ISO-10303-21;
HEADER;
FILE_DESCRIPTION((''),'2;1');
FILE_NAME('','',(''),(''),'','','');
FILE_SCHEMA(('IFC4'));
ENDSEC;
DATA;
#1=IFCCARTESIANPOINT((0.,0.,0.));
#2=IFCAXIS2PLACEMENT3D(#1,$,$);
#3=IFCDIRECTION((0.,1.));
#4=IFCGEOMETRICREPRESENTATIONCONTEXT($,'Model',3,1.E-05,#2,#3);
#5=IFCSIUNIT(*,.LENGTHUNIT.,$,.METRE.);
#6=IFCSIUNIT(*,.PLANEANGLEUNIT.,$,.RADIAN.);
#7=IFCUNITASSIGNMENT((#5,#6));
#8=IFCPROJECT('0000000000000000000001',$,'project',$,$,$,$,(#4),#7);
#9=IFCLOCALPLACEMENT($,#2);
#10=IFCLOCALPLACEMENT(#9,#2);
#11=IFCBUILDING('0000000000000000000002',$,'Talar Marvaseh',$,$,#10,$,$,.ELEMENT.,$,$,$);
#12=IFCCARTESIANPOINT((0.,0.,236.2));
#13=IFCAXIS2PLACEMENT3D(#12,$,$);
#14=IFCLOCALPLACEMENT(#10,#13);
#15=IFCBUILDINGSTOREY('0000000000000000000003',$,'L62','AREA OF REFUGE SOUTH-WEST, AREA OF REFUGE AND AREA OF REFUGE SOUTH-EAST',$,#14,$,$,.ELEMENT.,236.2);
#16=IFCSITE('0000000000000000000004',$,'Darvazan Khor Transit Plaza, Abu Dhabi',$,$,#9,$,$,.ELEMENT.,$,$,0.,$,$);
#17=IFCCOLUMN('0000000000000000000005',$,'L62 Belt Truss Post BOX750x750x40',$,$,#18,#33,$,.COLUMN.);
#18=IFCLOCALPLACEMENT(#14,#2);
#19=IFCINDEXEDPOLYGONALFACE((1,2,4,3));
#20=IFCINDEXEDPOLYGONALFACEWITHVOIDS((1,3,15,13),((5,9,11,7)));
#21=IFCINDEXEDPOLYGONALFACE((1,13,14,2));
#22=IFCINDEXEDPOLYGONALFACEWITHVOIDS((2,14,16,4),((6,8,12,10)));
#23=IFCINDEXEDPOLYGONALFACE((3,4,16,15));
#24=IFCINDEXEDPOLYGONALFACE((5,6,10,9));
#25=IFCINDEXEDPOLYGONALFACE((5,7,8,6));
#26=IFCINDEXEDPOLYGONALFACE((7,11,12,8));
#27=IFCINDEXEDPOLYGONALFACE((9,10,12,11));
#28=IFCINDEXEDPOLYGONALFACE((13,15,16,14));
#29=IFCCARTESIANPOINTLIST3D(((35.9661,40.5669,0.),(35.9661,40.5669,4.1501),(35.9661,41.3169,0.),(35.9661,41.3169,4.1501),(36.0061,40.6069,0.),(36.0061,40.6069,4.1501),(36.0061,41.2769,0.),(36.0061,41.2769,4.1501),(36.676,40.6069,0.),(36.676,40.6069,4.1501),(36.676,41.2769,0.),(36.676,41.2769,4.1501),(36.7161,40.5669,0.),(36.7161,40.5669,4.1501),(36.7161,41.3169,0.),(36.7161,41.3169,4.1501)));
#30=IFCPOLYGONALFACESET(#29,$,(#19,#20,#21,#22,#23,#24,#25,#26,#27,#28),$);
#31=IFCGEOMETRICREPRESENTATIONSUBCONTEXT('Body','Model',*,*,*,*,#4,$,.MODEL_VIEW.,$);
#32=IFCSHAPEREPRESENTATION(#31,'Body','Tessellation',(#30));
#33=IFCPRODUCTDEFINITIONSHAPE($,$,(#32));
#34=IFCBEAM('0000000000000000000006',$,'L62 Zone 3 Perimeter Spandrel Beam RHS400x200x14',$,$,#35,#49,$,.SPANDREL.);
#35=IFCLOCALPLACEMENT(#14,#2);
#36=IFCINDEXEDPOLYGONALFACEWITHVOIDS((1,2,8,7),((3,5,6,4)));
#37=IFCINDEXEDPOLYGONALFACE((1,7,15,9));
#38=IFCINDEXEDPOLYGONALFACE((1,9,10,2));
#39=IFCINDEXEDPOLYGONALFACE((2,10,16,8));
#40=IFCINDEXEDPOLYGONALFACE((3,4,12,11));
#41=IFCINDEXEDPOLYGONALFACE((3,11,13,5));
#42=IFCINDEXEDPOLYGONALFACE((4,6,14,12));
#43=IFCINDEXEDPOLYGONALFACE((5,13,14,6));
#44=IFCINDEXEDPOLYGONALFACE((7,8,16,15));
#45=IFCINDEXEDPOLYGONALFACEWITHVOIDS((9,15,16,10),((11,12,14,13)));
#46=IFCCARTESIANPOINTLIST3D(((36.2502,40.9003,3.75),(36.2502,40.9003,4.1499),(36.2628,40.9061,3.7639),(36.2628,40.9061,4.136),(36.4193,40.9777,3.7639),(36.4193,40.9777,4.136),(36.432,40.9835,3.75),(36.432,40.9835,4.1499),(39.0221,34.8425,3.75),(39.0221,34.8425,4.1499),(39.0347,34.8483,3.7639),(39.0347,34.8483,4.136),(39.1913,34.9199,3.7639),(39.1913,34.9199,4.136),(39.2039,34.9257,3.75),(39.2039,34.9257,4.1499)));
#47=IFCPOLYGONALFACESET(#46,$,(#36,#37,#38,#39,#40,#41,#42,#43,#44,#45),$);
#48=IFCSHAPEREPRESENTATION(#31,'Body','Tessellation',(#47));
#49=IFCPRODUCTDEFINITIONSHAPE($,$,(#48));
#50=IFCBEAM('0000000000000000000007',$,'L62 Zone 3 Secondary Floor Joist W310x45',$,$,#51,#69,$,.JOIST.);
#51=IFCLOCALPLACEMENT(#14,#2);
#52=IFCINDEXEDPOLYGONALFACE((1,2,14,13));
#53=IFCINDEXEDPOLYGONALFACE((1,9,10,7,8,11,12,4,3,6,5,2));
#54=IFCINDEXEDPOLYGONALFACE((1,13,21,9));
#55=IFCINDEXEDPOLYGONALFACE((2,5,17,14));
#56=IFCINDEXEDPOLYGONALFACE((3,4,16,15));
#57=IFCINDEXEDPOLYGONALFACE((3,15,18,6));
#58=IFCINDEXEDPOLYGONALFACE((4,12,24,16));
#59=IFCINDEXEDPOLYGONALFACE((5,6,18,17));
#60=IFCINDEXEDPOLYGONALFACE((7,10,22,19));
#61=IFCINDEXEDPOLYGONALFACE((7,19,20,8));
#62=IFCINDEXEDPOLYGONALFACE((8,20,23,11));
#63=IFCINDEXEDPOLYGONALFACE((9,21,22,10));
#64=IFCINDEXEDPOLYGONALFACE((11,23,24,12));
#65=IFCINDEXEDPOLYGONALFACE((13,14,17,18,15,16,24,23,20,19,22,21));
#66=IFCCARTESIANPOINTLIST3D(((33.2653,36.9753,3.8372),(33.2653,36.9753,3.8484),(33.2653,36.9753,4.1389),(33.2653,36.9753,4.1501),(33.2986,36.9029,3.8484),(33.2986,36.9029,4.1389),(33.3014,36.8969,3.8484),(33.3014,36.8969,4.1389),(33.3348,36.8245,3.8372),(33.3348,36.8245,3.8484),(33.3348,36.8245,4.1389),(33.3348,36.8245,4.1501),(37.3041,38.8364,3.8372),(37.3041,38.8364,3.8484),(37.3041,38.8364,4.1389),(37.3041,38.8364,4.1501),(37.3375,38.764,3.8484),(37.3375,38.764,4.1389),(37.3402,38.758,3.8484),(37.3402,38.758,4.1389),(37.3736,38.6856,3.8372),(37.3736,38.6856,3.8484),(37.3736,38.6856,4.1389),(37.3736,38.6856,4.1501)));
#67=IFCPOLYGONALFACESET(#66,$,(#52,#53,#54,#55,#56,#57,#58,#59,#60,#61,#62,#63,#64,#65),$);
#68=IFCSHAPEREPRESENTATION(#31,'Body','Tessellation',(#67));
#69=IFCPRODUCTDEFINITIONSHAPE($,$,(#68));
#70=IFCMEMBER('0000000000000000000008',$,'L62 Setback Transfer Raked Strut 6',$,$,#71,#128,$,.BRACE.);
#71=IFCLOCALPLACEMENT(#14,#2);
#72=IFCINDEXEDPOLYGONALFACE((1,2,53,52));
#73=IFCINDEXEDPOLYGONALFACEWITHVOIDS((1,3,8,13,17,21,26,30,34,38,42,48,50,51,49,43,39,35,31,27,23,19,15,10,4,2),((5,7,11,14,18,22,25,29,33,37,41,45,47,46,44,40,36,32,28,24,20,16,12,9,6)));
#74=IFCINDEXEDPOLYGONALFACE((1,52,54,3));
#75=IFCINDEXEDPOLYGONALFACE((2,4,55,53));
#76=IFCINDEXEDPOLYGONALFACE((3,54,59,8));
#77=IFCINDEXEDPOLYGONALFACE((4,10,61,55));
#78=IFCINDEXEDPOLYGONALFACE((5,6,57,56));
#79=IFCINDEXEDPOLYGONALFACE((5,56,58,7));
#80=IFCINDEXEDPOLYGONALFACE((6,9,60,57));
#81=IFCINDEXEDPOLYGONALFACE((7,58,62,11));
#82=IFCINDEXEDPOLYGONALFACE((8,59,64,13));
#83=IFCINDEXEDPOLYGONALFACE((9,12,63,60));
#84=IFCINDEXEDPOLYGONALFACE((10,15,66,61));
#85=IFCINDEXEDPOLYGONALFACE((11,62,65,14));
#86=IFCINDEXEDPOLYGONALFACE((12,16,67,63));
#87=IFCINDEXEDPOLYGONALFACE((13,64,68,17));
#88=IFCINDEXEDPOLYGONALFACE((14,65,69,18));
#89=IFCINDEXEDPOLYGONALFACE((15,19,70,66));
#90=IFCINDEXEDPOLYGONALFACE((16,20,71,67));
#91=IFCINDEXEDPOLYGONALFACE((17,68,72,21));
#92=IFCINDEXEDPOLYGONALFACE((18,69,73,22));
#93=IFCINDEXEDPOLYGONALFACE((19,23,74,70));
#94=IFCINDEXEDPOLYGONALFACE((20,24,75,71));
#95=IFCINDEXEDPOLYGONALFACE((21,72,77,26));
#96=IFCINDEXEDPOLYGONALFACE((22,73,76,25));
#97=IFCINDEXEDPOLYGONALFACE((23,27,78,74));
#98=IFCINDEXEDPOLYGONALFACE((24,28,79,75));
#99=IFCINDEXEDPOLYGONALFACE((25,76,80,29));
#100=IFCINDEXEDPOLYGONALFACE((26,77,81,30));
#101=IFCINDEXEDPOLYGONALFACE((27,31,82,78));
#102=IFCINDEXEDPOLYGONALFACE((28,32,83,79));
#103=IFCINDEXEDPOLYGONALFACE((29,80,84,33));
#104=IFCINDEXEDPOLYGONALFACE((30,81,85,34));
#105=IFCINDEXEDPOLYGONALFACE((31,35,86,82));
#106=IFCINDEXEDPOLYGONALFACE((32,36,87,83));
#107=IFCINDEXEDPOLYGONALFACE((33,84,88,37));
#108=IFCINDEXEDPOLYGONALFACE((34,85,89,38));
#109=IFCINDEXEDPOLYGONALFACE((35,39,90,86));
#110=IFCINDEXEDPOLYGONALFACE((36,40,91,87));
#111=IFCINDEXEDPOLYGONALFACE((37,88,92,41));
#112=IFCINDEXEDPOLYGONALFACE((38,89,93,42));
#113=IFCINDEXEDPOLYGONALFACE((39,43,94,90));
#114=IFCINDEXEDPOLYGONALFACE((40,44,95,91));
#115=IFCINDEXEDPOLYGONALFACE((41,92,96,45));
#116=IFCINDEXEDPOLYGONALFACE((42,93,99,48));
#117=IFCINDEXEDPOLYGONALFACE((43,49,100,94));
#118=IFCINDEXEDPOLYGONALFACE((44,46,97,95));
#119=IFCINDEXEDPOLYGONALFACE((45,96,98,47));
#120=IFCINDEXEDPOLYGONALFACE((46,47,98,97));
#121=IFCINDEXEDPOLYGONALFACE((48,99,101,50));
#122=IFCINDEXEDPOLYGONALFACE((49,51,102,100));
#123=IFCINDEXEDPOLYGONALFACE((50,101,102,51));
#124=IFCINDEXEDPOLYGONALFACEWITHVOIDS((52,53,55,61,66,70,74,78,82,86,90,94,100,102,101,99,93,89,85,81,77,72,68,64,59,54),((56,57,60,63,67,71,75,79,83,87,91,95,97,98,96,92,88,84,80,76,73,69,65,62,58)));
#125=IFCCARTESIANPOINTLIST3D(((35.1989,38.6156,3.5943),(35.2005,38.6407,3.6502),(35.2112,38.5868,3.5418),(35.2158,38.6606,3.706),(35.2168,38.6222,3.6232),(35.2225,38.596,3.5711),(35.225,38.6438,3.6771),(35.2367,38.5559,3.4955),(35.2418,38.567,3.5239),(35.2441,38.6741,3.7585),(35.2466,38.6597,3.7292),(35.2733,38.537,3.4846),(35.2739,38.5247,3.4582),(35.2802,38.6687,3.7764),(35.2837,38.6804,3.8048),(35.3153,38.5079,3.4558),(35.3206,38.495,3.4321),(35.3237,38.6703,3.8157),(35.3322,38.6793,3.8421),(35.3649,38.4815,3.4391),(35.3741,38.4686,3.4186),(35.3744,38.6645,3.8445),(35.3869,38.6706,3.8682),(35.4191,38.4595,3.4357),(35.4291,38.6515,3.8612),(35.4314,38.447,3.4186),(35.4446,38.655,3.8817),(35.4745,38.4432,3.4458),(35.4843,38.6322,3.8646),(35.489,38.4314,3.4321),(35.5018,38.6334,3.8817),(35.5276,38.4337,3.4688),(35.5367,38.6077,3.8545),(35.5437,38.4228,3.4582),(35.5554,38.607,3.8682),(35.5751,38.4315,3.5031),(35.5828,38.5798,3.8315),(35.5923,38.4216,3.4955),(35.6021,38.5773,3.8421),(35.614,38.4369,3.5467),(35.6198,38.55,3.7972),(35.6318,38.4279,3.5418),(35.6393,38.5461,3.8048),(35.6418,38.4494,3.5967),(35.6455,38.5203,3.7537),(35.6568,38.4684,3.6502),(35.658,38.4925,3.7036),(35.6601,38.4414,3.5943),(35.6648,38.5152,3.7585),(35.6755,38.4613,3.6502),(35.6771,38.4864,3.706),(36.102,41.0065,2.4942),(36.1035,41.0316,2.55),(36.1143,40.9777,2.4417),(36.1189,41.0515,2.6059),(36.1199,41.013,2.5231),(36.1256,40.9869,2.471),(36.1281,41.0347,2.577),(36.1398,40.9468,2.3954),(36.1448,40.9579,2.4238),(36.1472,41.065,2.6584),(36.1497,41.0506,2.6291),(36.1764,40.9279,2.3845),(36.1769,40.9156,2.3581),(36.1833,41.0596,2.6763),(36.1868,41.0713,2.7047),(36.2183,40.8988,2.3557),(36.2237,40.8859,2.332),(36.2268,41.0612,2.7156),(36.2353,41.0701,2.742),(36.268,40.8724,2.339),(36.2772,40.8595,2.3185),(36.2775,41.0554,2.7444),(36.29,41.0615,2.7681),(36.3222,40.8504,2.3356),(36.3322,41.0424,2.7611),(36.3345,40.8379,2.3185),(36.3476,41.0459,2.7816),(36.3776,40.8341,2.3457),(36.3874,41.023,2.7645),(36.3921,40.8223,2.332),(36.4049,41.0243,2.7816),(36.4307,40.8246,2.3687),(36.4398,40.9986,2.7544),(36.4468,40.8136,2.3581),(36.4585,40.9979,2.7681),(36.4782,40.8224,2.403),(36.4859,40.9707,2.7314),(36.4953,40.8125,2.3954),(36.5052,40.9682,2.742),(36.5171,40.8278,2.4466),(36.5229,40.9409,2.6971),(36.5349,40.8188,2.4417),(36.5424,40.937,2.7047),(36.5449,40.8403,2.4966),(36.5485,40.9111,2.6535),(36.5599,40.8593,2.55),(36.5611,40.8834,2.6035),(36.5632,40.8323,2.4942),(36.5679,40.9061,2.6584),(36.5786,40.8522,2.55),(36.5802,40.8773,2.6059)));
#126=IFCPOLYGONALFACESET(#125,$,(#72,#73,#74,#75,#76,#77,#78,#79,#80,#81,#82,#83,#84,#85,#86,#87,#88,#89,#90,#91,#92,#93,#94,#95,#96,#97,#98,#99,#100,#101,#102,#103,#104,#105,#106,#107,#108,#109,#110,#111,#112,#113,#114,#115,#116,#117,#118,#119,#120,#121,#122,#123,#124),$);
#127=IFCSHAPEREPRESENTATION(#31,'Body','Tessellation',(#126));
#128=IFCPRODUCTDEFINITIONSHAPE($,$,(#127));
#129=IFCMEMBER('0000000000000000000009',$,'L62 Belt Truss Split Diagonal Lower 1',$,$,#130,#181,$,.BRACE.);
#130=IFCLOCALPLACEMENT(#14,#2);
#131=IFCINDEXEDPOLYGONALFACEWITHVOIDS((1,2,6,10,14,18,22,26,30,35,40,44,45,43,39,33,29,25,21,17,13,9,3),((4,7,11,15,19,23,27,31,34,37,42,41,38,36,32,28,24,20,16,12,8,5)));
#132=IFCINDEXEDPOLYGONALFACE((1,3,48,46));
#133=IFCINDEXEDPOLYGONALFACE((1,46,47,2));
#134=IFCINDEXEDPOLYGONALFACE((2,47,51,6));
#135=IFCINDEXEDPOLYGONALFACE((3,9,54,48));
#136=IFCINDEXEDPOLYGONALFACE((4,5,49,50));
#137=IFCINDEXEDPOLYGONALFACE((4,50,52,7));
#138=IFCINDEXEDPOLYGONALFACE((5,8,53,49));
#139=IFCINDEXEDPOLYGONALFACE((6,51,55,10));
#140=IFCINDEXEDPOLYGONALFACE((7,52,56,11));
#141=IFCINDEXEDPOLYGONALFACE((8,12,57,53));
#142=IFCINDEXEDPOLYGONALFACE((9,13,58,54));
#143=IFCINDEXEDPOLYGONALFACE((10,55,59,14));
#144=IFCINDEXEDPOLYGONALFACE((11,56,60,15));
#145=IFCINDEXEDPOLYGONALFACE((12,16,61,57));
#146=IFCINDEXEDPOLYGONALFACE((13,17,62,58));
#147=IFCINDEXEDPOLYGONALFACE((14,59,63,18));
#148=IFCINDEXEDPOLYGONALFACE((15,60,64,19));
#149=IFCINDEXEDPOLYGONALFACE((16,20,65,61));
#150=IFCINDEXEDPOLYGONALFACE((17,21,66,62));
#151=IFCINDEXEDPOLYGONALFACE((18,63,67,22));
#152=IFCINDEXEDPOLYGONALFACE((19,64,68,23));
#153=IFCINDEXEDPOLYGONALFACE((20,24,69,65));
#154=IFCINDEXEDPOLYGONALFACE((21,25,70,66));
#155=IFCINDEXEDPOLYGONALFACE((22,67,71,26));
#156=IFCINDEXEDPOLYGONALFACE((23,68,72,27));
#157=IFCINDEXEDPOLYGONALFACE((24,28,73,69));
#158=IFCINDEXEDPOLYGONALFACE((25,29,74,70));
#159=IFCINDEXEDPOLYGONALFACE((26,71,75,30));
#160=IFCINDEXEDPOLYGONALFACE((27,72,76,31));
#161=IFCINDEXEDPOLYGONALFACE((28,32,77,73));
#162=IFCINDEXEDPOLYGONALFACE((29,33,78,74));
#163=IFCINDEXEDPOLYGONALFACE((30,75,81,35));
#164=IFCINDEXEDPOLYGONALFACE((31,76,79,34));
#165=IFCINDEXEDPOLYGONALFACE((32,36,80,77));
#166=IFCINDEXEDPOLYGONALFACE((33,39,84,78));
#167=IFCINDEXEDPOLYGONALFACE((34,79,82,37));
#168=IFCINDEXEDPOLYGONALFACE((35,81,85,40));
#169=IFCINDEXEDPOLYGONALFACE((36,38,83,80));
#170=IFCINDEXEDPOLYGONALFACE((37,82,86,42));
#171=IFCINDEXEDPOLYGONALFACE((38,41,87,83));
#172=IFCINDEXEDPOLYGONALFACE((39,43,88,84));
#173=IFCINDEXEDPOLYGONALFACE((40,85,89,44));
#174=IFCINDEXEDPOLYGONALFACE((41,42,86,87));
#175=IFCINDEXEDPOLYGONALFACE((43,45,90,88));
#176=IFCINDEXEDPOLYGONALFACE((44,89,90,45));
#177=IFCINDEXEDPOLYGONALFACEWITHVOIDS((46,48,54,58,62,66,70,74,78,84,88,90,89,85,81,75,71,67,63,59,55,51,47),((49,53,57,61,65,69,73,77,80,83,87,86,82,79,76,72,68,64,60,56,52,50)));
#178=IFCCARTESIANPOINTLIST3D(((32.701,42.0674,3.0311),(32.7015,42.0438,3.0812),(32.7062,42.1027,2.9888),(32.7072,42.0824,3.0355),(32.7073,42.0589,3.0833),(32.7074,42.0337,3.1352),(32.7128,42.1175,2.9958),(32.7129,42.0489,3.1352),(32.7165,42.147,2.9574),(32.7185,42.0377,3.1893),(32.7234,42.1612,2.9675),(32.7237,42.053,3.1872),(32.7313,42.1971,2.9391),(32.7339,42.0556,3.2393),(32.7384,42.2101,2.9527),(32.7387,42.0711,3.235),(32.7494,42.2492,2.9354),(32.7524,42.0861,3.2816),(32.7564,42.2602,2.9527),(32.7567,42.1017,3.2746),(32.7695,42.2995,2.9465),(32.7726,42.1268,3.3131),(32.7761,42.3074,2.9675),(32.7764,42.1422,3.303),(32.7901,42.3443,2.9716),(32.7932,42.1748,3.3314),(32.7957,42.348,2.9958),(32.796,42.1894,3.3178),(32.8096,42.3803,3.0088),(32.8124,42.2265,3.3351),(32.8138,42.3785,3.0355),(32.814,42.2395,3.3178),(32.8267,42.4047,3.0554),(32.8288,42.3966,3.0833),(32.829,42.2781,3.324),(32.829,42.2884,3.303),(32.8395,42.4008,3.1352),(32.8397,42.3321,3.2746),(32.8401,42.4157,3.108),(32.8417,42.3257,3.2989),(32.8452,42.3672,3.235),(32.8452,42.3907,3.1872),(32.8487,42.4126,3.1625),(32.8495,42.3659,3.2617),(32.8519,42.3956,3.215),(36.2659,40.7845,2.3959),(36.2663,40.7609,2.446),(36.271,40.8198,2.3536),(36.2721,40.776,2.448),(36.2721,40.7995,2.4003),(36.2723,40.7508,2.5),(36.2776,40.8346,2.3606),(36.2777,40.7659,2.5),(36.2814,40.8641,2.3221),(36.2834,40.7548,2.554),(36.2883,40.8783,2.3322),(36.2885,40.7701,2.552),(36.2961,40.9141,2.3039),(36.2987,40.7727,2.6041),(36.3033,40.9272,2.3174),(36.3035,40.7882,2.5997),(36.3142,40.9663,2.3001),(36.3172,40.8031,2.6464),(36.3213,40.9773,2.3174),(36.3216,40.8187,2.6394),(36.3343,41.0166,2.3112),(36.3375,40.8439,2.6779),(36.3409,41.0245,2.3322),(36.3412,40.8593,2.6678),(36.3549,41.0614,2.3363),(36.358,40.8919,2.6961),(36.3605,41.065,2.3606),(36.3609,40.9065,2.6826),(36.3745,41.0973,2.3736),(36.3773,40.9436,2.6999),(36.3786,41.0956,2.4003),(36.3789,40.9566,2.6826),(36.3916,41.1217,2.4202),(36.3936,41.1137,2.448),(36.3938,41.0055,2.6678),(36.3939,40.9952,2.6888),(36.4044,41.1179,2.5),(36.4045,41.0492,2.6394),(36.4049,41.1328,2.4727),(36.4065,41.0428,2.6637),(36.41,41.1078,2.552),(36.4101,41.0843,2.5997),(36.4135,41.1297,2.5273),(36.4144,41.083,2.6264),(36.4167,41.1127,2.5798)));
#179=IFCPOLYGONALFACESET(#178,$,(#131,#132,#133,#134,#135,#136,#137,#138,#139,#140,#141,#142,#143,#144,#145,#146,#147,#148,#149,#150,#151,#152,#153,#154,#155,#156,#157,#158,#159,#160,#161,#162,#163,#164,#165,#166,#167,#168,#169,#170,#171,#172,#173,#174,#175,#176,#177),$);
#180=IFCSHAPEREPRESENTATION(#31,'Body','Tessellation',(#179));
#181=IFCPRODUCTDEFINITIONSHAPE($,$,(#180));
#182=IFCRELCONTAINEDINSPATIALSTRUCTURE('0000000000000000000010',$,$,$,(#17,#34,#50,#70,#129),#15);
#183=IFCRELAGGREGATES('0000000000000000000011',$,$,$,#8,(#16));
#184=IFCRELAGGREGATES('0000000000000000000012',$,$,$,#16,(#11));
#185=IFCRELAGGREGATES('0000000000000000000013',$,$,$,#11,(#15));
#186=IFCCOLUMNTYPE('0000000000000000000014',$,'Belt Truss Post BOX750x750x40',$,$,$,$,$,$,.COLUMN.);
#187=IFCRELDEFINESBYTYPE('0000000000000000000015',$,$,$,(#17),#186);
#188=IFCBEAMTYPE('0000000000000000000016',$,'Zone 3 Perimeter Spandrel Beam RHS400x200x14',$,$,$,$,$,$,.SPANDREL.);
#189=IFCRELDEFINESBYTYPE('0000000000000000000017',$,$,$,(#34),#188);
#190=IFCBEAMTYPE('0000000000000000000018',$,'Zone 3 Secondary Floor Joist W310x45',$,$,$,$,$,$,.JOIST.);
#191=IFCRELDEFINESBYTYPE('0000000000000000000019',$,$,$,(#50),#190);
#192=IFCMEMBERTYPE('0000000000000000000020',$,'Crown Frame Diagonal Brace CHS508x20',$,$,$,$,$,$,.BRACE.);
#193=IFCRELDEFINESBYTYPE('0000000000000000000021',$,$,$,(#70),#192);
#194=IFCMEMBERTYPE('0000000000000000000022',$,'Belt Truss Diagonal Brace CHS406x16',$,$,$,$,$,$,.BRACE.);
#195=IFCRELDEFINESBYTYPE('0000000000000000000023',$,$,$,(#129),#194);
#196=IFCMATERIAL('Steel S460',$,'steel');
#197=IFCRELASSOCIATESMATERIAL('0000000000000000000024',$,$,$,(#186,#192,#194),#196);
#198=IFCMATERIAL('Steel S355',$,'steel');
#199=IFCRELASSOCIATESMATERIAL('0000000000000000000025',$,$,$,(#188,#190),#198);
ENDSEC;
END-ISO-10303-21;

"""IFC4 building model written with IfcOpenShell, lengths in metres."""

from ifc_helpers import new_model, si_unit, direction, frame, origin, origin_2d, place, context, subcontext, project, spatial, hollow_rectangle, hollow_circle, i_section, extrude, source, transform, mapped, material, material_profile, profile_set, type_object, type_shapes, element, save


model = new_model("IFC4")

# Units and contexts
model_context = context("Model", 3, precision=1e-05, world=origin(), true_north=direction((0.0, 1.0)))
body_context = subcontext(model_context, "Body", "Model", "MODEL_VIEW")
ifc_project = project(units=[si_unit("LENGTHUNIT", "METRE"), si_unit("PLANEANGLEUNIT", "RADIAN")], contexts=[model_context])

# Site, building, storey
site_placement = place(None, origin())
site = spatial("IfcSite", under=ifc_project, at=site_placement, Name="Darvazan Khor Transit Plaza, Abu Dhabi", CompositionType="ELEMENT", RefElevation=0.0)
building_placement = place(site_placement, origin())
building = spatial("IfcBuilding", under=site, at=building_placement, Name="Talar Marvaseh", CompositionType="ELEMENT")
storey_placement = place(building_placement, frame((0.0, 0.0, 236.2)))
storey = spatial("IfcBuildingStorey", under=building, at=storey_placement, Name="L62", Description="AREA OF REFUGE SOUTH-WEST, AREA OF REFUGE AND AREA OF REFUGE SOUTH-EAST", CompositionType="ELEMENT", Elevation=236.2)

# Column
ifc_material_1 = material(Name="Steel S460", Category="steel")
ifc_material_profile_1 = material_profile(ifc_material_1, hollow_rectangle(XDim=0.75, YDim=0.75, WallThickness=0.04, at=origin_2d()), Name="BOX750x750x40")
ifc_profile_set_1 = profile_set([ifc_material_profile_1], Name="Steel S460")
column_type = type_object("IfcColumnType", Name="Belt Truss Post BOX750x750x40", PredefinedType="COLUMN", material=ifc_profile_set_1)
column_placement = place(storey_placement, frame((36.3411, 40.9419, 0.0), z_axis=(0.0, 0.0, 1.0), x_axis=(1.0, 0.0, 0.0)))
element("IfcColumn", 1, at=column_placement, inside=storey, type_object=column_type, Name="L62 Belt Truss Post BOX750x750x40", PredefinedType="COLUMN", context=body_context, shape_type="SweptSolid", body=[
    extrude(hollow_rectangle(XDim=0.75, YDim=0.75, WallThickness=0.04, at=origin_2d()), origin(), (0.0, 0.0, 1.0), 4.1501),
])

# Beams
ifc_material_2 = material(Name="Steel S355", Category="steel")
ifc_material_profile_2 = material_profile(ifc_material_2, hollow_rectangle(XDim=0.2, YDim=0.3999, WallThickness=0.0139, at=origin_2d()), Name="RHS400x200x14")
ifc_profile_set_2 = profile_set([ifc_material_profile_2], Name="Steel S355")
beam_type_1 = type_object("IfcBeamType", Name="Zone 3 Perimeter Spandrel Beam RHS400x200x14", PredefinedType="SPANDREL", material=ifc_profile_set_2)
beam_1_placement = place(storey_placement, frame((36.3411, 40.9419, 3.95), z_axis=(0.416091, -0.909323, 0.0), x_axis=(0.909323, 0.416091, 0.0)))
element("IfcBeam", 2, at=beam_1_placement, inside=storey, type_object=beam_type_1, Name="L62 Zone 3 Perimeter Spandrel Beam RHS400x200x14", PredefinedType="SPANDREL", context=body_context, shape_type="SweptSolid", body=[
    extrude(hollow_rectangle(XDim=0.2, YDim=0.3999, WallThickness=0.0139, at=origin_2d()), origin(), (0.0, 0.0, 1.0), 6.6619),
])
ifc_material_profile_3 = material_profile(ifc_material_2, i_section(OverallWidth=0.166, OverallDepth=0.313, WebThickness=0.0066, FlangeThickness=0.0112, at=origin_2d()), Name="W310x45")
ifc_profile_set_3 = profile_set([ifc_material_profile_3], Name="Steel S355")
beam_type_2 = type_object("IfcBeamType", Name="Zone 3 Secondary Floor Joist W310x45", PredefinedType="JOIST", material=ifc_profile_set_3)
beam_2_placement = place(storey_placement, frame((37.3389, 38.761, 3.9937), z_axis=(-0.908215, -0.418505, 0.0), x_axis=(0.418505, -0.908215, 0.0)))
element("IfcBeam", 3, at=beam_2_placement, inside=storey, type_object=beam_type_2, Name="L62 Zone 3 Secondary Floor Joist W310x45", PredefinedType="JOIST", context=body_context, shape_type="SweptSolid", body=[
    extrude(i_section(OverallWidth=0.166, OverallDepth=0.313, WebThickness=0.0066, FlangeThickness=0.0112, at=origin_2d()), origin(), (0.0, 0.0, 1.0), 4.447),
])

# Members
ifc_material_profile_4 = material_profile(ifc_material_1, hollow_circle(Radius=0.2539, WallThickness=0.02, at=origin_2d()), Name="CHS508x20")
ifc_profile_set_4 = profile_set([ifc_material_profile_4], Name="Steel S460")
member_type_1 = type_object("IfcMemberType", Name="Crown Frame Diagonal Brace CHS508x20", PredefinedType="BRACE", material=ifc_profile_set_4)
shared_shape_1 = source(origin(), body_context, "Body", "SweptSolid", [
    extrude(hollow_circle(Radius=0.2539, WallThickness=0.02, at=origin_2d()), origin(), (0.0, 0.0, 1.0), 2.7825),
])
type_shapes(member_type_1, [shared_shape_1])
member_1_placement = place(storey_placement, frame((36.3411, 40.9419, 2.55), z_axis=(-0.324562, -0.859268, 0.39537), x_axis=(0.93549, -0.353352, 0.0)))
element("IfcMember", 4, at=member_1_placement, inside=storey, type_object=member_type_1, Name="L62 Setback Transfer Raked Strut 6", PredefinedType="BRACE", context=body_context, shape_type="MappedRepresentation", body=[
    mapped(shared_shape_1, transform((0.0, 0.0, 0.0), x_axis=(1.0, 0.0, 0.0), y_axis=(0.0, 1.0, 0.0), z_axis=(0.0, 0.0, 1.0), scale=1.0)),
])
ifc_material_profile_5 = material_profile(ifc_material_1, hollow_circle(Radius=0.2031, WallThickness=0.0161, at=origin_2d()), Name="CHS406x16")
ifc_profile_set_5 = profile_set([ifc_material_profile_5], Name="Steel S460")
member_type_2 = type_object("IfcMemberType", Name="Belt Truss Diagonal Brace CHS406x16", PredefinedType="BRACE", material=ifc_profile_set_5)
shared_shape_2 = source(origin(), body_context, "Body", "SweptSolid", [
    extrude(hollow_circle(Radius=0.2031, WallThickness=0.0161, at=origin_2d()), origin(), (0.0, 0.0, 1.0), 3.8416),
])
member_2_placement = place(storey_placement, frame((36.3411, 40.9419, 2.5), z_axis=(-0.927969, 0.33396, 0.165359), x_axis=(-0.338621, -0.940923, 0.0)))
element("IfcMember", 5, at=member_2_placement, inside=storey, type_object=member_type_2, Name="L62 Belt Truss Split Diagonal Lower 1", PredefinedType="BRACE", context=body_context, shape_type="MappedRepresentation", body=[
    mapped(shared_shape_2, transform((0.0, 0.0, 0.0), x_axis=(1.0, 0.0, 0.0), y_axis=(0.0, 1.0, 0.0), z_axis=(0.0, 0.0, 1.0), scale=1.0)),
])

save(model, "model.ifc")
